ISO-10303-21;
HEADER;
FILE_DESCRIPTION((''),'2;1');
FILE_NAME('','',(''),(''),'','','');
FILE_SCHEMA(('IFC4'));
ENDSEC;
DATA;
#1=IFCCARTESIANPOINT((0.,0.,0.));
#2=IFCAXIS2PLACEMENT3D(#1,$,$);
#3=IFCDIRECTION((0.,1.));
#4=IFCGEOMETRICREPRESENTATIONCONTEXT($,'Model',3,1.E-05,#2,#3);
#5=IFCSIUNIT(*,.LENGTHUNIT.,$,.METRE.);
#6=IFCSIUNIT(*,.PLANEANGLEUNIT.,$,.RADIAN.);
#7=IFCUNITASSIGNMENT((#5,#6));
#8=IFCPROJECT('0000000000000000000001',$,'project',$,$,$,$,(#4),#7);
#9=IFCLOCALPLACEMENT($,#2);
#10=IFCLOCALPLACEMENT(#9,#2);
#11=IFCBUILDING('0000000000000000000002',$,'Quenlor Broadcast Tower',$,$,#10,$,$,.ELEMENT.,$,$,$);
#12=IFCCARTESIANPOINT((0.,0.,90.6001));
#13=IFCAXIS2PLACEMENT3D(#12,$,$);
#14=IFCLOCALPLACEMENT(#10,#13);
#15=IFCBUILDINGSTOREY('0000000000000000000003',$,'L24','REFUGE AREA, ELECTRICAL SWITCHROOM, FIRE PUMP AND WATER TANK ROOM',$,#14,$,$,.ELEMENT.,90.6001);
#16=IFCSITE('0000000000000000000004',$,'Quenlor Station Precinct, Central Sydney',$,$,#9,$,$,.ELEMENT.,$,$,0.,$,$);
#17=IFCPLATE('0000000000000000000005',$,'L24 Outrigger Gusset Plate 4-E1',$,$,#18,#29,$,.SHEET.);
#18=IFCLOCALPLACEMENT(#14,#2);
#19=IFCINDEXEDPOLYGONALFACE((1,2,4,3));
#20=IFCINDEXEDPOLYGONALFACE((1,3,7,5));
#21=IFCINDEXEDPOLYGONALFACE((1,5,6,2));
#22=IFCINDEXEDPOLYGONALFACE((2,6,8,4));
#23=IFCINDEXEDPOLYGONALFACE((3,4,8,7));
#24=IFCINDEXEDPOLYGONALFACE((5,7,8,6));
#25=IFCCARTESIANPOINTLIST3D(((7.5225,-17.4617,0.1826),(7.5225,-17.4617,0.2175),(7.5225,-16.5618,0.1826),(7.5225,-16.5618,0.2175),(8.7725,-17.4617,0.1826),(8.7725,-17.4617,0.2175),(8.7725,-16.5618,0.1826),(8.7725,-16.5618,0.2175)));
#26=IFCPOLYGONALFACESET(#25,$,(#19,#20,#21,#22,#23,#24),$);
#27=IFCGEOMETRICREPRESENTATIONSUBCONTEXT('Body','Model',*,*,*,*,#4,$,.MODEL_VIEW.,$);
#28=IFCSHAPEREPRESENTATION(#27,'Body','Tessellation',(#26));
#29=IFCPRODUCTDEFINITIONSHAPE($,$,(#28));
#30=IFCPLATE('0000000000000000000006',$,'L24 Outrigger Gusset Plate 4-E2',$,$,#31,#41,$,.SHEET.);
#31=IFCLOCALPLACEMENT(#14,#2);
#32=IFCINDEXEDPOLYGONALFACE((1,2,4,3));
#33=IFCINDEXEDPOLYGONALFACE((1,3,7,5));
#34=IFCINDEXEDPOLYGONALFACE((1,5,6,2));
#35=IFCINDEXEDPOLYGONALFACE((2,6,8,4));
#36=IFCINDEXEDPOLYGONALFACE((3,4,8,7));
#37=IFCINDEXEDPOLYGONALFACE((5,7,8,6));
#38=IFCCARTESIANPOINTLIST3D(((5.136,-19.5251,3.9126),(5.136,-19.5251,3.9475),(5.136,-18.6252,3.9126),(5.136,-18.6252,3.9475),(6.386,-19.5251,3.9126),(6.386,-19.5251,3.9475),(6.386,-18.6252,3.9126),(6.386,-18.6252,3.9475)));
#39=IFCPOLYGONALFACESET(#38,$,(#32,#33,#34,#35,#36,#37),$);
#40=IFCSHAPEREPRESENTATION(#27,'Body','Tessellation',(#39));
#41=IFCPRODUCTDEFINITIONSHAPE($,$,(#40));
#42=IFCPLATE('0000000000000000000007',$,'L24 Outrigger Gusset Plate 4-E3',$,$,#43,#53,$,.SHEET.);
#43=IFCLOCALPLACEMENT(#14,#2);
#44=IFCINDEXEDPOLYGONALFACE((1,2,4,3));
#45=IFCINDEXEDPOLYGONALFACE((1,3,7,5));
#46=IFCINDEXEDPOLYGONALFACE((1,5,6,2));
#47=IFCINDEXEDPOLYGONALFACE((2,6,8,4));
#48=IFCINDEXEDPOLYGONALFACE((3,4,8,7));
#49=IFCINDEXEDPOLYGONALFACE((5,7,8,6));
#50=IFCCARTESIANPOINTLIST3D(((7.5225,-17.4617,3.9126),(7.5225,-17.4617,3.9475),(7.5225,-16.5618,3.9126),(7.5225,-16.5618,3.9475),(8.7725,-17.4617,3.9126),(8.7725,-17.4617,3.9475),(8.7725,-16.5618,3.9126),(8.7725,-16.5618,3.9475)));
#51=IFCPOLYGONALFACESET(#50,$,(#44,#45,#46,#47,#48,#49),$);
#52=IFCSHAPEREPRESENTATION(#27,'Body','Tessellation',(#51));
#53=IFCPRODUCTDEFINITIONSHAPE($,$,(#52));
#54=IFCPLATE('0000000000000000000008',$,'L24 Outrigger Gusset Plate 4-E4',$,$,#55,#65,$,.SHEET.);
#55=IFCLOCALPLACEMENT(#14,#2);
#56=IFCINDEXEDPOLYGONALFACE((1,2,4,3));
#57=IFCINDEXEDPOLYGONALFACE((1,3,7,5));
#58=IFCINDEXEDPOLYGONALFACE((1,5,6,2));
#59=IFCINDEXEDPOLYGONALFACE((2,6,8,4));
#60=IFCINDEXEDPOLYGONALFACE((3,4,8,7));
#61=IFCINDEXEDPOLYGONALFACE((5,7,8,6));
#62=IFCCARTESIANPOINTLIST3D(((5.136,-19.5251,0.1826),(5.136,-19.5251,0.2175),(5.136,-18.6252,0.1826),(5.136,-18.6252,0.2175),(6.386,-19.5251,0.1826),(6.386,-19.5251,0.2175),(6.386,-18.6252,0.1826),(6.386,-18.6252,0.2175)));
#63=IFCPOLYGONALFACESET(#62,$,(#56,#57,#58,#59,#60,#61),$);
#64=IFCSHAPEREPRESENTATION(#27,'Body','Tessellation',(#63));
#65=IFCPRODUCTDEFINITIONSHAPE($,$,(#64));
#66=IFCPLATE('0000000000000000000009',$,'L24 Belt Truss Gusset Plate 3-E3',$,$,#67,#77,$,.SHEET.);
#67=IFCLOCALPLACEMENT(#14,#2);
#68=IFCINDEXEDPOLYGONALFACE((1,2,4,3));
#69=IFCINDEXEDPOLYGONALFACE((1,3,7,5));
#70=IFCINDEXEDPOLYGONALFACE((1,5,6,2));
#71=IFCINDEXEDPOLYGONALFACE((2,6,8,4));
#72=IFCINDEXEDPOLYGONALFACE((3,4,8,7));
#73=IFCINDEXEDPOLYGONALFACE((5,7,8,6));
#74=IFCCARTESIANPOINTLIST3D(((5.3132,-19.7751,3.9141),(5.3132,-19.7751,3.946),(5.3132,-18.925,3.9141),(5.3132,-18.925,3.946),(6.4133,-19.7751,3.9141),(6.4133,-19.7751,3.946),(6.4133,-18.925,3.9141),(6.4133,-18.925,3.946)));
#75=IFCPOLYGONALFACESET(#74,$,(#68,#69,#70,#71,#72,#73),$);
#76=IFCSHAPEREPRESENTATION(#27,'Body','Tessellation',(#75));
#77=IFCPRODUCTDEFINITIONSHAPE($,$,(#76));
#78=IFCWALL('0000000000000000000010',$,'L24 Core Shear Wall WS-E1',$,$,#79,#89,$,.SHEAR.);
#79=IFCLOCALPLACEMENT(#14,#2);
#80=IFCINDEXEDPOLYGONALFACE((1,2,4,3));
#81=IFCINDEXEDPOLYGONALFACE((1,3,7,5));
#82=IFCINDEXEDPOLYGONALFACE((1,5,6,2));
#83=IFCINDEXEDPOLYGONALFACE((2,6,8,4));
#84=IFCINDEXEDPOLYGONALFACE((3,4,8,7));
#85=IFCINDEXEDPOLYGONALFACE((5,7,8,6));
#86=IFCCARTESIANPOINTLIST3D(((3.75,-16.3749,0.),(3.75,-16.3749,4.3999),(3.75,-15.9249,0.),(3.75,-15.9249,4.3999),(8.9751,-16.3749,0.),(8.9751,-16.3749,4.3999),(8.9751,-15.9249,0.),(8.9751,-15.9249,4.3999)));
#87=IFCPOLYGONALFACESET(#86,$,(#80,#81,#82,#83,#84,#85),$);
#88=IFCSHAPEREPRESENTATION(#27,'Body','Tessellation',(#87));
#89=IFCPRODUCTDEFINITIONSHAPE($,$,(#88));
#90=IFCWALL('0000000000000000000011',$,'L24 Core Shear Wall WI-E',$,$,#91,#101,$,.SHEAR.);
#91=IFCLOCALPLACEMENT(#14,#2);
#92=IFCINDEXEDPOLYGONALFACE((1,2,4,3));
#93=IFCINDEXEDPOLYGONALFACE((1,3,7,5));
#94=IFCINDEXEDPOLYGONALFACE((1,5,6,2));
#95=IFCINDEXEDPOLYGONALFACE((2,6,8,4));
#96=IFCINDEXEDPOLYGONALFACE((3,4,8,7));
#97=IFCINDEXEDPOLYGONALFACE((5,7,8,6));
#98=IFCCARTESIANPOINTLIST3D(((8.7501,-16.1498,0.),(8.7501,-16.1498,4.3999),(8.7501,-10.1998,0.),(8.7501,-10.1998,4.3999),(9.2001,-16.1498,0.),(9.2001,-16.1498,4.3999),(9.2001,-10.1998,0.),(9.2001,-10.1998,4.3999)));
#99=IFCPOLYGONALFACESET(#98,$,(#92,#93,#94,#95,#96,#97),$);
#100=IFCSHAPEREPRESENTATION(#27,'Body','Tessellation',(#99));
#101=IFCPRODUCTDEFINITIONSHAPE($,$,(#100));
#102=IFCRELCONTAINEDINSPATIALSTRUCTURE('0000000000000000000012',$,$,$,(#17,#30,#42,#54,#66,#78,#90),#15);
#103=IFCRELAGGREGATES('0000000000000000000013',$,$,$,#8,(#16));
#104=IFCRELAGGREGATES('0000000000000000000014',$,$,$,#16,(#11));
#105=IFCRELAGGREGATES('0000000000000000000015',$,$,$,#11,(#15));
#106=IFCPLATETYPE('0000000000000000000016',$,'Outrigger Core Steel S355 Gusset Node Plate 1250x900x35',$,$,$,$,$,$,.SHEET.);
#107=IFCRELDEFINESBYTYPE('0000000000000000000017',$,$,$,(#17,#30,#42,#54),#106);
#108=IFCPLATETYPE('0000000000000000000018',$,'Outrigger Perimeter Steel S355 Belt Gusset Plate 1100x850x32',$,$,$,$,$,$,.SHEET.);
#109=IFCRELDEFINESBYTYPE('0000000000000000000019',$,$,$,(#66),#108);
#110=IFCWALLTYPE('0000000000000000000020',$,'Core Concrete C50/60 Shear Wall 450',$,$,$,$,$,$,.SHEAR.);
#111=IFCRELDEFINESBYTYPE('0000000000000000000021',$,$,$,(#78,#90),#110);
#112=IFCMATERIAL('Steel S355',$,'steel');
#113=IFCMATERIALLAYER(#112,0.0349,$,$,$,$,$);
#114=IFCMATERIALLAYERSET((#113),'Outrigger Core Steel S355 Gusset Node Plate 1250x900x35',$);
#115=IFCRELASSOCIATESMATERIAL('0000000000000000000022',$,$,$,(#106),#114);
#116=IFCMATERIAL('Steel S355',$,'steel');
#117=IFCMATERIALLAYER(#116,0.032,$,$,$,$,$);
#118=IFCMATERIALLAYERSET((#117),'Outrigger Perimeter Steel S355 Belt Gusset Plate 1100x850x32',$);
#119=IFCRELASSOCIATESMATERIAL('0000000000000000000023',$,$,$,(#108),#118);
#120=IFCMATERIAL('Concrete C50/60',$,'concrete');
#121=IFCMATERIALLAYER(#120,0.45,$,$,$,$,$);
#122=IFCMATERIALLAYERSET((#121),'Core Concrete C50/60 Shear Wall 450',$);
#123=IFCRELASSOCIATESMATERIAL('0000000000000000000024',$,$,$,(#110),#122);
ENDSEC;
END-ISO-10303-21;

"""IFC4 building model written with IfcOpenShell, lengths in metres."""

from ifc_helpers import new_model, si_unit, direction, frame, frame_2d, origin, origin_2d, place, context, subcontext, project, spatial, rectangle, extrude, material, layer, layer_set, type_object, element, save


model = new_model("IFC4")

# Units and contexts
model_context = context("Model", 3, precision=1e-05, world=origin(), true_north=direction((0.0, 1.0)))
body_context = subcontext(model_context, "Body", "Model", "MODEL_VIEW")
ifc_project = project(units=[si_unit("LENGTHUNIT", "METRE"), si_unit("PLANEANGLEUNIT", "RADIAN")], contexts=[model_context])

# Site, building, storey
site_placement = place(None, origin())
site = spatial("IfcSite", under=ifc_project, at=site_placement, Name="Quenlor Station Precinct, Central Sydney", CompositionType="ELEMENT", RefElevation=0.0)
building_placement = place(site_placement, origin())
building = spatial("IfcBuilding", under=site, at=building_placement, Name="Quenlor Broadcast Tower", CompositionType="ELEMENT")
storey_placement = place(building_placement, frame((0.0, 0.0, 90.6001)))
storey = spatial("IfcBuildingStorey", under=building, at=storey_placement, Name="L24", Description="REFUGE AREA, ELECTRICAL SWITCHROOM, FIRE PUMP AND WATER TANK ROOM", CompositionType="ELEMENT", Elevation=90.6001)

# Plates
ifc_material_1 = material(Name="Steel S355", Category="steel")
ifc_layer_1 = layer(ifc_material_1, 0.0349)
ifc_layer_set_1 = layer_set([ifc_layer_1], Name="Outrigger Core Steel S355 Gusset Node Plate 1250x900x35")
plate_type_1 = type_object("IfcPlateType", Name="Outrigger Core Steel S355 Gusset Node Plate 1250x900x35", PredefinedType="SHEET", material=ifc_layer_set_1)
for number, where, z_axis, x_axis, name in (
    (1, (8.1475, -17.0117, 0.1826), (0.0, 0.0, 1.0), (1.0, 0.0, 0.0), "L24 Outrigger Gusset Plate 4-E1"),
    (2, (5.761, -19.0752, 3.9126), (0.0, 0.0, 1.0), (1.0, 0.0, 0.0), "L24 Outrigger Gusset Plate 4-E2"),
    (3, (8.1475, -17.0117, 3.9126), (0.0, 0.0, 1.0), (1.0, 0.0, 0.0), "L24 Outrigger Gusset Plate 4-E3"),
    (4, (5.761, -19.0752, 0.1826), (0.0, 0.0, 1.0), (1.0, 0.0, 0.0), "L24 Outrigger Gusset Plate 4-E4"),
):
    element("IfcPlate", number, at=place(storey_placement, frame(where, z_axis=z_axis, x_axis=x_axis)), inside=storey, type_object=plate_type_1, Name=name, PredefinedType="SHEET", context=body_context, shape_type="SweptSolid", body=[
        extrude(rectangle(XDim=1.25, YDim=0.8999, at=origin_2d()), origin(), (0.0, 0.0, 1.0), 0.0349),
    ])
ifc_material_2 = material(Name="Steel S355", Category="steel")
ifc_layer_2 = layer(ifc_material_2, 0.032)
ifc_layer_set_2 = layer_set([ifc_layer_2], Name="Outrigger Perimeter Steel S355 Belt Gusset Plate 1100x850x32")
plate_type_2 = type_object("IfcPlateType", Name="Outrigger Perimeter Steel S355 Belt Gusset Plate 1100x850x32", PredefinedType="SHEET", material=ifc_layer_set_2)
plate_placement = place(storey_placement, frame((5.8633, -19.3501, 3.9141), z_axis=(0.0, 0.0, 1.0), x_axis=(1.0, 0.0, 0.0)))
element("IfcPlate", 5, at=plate_placement, inside=storey, type_object=plate_type_2, Name="L24 Belt Truss Gusset Plate 3-E3", PredefinedType="SHEET", context=body_context, shape_type="SweptSolid", body=[
    extrude(rectangle(XDim=1.1001, YDim=0.8501, at=origin_2d()), origin(), (0.0, 0.0, 1.0), 0.032),
])

# Walls
ifc_material_3 = material(Name="Concrete C50/60", Category="concrete")
ifc_layer_3 = layer(ifc_material_3, 0.45)
ifc_layer_set_3 = layer_set([ifc_layer_3], Name="Core Concrete C50/60 Shear Wall 450")
wall_type = type_object("IfcWallType", Name="Core Concrete C50/60 Shear Wall 450", PredefinedType="SHEAR", material=ifc_layer_set_3)
wall_1_placement = place(storey_placement, frame((3.75, -16.1499, 0.0), z_axis=(0.0, 0.0, 1.0), x_axis=(1.0, 0.0, 0.0)))
element("IfcWall", 6, at=wall_1_placement, inside=storey, type_object=wall_type, Name="L24 Core Shear Wall WS-E1", PredefinedType="SHEAR", context=body_context, shape_type="SweptSolid", body=[
    extrude(rectangle(XDim=5.2251, YDim=0.45, at=frame_2d((2.6125, 0.0))), origin(), (0.0, 0.0, 1.0), 4.3999),
])
wall_2_placement = place(storey_placement, frame((8.9751, -16.1499, 0.0), z_axis=(0.0, 0.0, 1.0), x_axis=(0.0, 1.0, 0.0)))
element("IfcWall", 7, at=wall_2_placement, inside=storey, type_object=wall_type, Name="L24 Core Shear Wall WI-E", PredefinedType="SHEAR", context=body_context, shape_type="SweptSolid", body=[
    extrude(rectangle(XDim=5.95, YDim=0.45, at=frame_2d((2.9751, 0.0))), origin(), (0.0, 0.0, 1.0), 4.3999),
])

save(model, "model.ifc")
